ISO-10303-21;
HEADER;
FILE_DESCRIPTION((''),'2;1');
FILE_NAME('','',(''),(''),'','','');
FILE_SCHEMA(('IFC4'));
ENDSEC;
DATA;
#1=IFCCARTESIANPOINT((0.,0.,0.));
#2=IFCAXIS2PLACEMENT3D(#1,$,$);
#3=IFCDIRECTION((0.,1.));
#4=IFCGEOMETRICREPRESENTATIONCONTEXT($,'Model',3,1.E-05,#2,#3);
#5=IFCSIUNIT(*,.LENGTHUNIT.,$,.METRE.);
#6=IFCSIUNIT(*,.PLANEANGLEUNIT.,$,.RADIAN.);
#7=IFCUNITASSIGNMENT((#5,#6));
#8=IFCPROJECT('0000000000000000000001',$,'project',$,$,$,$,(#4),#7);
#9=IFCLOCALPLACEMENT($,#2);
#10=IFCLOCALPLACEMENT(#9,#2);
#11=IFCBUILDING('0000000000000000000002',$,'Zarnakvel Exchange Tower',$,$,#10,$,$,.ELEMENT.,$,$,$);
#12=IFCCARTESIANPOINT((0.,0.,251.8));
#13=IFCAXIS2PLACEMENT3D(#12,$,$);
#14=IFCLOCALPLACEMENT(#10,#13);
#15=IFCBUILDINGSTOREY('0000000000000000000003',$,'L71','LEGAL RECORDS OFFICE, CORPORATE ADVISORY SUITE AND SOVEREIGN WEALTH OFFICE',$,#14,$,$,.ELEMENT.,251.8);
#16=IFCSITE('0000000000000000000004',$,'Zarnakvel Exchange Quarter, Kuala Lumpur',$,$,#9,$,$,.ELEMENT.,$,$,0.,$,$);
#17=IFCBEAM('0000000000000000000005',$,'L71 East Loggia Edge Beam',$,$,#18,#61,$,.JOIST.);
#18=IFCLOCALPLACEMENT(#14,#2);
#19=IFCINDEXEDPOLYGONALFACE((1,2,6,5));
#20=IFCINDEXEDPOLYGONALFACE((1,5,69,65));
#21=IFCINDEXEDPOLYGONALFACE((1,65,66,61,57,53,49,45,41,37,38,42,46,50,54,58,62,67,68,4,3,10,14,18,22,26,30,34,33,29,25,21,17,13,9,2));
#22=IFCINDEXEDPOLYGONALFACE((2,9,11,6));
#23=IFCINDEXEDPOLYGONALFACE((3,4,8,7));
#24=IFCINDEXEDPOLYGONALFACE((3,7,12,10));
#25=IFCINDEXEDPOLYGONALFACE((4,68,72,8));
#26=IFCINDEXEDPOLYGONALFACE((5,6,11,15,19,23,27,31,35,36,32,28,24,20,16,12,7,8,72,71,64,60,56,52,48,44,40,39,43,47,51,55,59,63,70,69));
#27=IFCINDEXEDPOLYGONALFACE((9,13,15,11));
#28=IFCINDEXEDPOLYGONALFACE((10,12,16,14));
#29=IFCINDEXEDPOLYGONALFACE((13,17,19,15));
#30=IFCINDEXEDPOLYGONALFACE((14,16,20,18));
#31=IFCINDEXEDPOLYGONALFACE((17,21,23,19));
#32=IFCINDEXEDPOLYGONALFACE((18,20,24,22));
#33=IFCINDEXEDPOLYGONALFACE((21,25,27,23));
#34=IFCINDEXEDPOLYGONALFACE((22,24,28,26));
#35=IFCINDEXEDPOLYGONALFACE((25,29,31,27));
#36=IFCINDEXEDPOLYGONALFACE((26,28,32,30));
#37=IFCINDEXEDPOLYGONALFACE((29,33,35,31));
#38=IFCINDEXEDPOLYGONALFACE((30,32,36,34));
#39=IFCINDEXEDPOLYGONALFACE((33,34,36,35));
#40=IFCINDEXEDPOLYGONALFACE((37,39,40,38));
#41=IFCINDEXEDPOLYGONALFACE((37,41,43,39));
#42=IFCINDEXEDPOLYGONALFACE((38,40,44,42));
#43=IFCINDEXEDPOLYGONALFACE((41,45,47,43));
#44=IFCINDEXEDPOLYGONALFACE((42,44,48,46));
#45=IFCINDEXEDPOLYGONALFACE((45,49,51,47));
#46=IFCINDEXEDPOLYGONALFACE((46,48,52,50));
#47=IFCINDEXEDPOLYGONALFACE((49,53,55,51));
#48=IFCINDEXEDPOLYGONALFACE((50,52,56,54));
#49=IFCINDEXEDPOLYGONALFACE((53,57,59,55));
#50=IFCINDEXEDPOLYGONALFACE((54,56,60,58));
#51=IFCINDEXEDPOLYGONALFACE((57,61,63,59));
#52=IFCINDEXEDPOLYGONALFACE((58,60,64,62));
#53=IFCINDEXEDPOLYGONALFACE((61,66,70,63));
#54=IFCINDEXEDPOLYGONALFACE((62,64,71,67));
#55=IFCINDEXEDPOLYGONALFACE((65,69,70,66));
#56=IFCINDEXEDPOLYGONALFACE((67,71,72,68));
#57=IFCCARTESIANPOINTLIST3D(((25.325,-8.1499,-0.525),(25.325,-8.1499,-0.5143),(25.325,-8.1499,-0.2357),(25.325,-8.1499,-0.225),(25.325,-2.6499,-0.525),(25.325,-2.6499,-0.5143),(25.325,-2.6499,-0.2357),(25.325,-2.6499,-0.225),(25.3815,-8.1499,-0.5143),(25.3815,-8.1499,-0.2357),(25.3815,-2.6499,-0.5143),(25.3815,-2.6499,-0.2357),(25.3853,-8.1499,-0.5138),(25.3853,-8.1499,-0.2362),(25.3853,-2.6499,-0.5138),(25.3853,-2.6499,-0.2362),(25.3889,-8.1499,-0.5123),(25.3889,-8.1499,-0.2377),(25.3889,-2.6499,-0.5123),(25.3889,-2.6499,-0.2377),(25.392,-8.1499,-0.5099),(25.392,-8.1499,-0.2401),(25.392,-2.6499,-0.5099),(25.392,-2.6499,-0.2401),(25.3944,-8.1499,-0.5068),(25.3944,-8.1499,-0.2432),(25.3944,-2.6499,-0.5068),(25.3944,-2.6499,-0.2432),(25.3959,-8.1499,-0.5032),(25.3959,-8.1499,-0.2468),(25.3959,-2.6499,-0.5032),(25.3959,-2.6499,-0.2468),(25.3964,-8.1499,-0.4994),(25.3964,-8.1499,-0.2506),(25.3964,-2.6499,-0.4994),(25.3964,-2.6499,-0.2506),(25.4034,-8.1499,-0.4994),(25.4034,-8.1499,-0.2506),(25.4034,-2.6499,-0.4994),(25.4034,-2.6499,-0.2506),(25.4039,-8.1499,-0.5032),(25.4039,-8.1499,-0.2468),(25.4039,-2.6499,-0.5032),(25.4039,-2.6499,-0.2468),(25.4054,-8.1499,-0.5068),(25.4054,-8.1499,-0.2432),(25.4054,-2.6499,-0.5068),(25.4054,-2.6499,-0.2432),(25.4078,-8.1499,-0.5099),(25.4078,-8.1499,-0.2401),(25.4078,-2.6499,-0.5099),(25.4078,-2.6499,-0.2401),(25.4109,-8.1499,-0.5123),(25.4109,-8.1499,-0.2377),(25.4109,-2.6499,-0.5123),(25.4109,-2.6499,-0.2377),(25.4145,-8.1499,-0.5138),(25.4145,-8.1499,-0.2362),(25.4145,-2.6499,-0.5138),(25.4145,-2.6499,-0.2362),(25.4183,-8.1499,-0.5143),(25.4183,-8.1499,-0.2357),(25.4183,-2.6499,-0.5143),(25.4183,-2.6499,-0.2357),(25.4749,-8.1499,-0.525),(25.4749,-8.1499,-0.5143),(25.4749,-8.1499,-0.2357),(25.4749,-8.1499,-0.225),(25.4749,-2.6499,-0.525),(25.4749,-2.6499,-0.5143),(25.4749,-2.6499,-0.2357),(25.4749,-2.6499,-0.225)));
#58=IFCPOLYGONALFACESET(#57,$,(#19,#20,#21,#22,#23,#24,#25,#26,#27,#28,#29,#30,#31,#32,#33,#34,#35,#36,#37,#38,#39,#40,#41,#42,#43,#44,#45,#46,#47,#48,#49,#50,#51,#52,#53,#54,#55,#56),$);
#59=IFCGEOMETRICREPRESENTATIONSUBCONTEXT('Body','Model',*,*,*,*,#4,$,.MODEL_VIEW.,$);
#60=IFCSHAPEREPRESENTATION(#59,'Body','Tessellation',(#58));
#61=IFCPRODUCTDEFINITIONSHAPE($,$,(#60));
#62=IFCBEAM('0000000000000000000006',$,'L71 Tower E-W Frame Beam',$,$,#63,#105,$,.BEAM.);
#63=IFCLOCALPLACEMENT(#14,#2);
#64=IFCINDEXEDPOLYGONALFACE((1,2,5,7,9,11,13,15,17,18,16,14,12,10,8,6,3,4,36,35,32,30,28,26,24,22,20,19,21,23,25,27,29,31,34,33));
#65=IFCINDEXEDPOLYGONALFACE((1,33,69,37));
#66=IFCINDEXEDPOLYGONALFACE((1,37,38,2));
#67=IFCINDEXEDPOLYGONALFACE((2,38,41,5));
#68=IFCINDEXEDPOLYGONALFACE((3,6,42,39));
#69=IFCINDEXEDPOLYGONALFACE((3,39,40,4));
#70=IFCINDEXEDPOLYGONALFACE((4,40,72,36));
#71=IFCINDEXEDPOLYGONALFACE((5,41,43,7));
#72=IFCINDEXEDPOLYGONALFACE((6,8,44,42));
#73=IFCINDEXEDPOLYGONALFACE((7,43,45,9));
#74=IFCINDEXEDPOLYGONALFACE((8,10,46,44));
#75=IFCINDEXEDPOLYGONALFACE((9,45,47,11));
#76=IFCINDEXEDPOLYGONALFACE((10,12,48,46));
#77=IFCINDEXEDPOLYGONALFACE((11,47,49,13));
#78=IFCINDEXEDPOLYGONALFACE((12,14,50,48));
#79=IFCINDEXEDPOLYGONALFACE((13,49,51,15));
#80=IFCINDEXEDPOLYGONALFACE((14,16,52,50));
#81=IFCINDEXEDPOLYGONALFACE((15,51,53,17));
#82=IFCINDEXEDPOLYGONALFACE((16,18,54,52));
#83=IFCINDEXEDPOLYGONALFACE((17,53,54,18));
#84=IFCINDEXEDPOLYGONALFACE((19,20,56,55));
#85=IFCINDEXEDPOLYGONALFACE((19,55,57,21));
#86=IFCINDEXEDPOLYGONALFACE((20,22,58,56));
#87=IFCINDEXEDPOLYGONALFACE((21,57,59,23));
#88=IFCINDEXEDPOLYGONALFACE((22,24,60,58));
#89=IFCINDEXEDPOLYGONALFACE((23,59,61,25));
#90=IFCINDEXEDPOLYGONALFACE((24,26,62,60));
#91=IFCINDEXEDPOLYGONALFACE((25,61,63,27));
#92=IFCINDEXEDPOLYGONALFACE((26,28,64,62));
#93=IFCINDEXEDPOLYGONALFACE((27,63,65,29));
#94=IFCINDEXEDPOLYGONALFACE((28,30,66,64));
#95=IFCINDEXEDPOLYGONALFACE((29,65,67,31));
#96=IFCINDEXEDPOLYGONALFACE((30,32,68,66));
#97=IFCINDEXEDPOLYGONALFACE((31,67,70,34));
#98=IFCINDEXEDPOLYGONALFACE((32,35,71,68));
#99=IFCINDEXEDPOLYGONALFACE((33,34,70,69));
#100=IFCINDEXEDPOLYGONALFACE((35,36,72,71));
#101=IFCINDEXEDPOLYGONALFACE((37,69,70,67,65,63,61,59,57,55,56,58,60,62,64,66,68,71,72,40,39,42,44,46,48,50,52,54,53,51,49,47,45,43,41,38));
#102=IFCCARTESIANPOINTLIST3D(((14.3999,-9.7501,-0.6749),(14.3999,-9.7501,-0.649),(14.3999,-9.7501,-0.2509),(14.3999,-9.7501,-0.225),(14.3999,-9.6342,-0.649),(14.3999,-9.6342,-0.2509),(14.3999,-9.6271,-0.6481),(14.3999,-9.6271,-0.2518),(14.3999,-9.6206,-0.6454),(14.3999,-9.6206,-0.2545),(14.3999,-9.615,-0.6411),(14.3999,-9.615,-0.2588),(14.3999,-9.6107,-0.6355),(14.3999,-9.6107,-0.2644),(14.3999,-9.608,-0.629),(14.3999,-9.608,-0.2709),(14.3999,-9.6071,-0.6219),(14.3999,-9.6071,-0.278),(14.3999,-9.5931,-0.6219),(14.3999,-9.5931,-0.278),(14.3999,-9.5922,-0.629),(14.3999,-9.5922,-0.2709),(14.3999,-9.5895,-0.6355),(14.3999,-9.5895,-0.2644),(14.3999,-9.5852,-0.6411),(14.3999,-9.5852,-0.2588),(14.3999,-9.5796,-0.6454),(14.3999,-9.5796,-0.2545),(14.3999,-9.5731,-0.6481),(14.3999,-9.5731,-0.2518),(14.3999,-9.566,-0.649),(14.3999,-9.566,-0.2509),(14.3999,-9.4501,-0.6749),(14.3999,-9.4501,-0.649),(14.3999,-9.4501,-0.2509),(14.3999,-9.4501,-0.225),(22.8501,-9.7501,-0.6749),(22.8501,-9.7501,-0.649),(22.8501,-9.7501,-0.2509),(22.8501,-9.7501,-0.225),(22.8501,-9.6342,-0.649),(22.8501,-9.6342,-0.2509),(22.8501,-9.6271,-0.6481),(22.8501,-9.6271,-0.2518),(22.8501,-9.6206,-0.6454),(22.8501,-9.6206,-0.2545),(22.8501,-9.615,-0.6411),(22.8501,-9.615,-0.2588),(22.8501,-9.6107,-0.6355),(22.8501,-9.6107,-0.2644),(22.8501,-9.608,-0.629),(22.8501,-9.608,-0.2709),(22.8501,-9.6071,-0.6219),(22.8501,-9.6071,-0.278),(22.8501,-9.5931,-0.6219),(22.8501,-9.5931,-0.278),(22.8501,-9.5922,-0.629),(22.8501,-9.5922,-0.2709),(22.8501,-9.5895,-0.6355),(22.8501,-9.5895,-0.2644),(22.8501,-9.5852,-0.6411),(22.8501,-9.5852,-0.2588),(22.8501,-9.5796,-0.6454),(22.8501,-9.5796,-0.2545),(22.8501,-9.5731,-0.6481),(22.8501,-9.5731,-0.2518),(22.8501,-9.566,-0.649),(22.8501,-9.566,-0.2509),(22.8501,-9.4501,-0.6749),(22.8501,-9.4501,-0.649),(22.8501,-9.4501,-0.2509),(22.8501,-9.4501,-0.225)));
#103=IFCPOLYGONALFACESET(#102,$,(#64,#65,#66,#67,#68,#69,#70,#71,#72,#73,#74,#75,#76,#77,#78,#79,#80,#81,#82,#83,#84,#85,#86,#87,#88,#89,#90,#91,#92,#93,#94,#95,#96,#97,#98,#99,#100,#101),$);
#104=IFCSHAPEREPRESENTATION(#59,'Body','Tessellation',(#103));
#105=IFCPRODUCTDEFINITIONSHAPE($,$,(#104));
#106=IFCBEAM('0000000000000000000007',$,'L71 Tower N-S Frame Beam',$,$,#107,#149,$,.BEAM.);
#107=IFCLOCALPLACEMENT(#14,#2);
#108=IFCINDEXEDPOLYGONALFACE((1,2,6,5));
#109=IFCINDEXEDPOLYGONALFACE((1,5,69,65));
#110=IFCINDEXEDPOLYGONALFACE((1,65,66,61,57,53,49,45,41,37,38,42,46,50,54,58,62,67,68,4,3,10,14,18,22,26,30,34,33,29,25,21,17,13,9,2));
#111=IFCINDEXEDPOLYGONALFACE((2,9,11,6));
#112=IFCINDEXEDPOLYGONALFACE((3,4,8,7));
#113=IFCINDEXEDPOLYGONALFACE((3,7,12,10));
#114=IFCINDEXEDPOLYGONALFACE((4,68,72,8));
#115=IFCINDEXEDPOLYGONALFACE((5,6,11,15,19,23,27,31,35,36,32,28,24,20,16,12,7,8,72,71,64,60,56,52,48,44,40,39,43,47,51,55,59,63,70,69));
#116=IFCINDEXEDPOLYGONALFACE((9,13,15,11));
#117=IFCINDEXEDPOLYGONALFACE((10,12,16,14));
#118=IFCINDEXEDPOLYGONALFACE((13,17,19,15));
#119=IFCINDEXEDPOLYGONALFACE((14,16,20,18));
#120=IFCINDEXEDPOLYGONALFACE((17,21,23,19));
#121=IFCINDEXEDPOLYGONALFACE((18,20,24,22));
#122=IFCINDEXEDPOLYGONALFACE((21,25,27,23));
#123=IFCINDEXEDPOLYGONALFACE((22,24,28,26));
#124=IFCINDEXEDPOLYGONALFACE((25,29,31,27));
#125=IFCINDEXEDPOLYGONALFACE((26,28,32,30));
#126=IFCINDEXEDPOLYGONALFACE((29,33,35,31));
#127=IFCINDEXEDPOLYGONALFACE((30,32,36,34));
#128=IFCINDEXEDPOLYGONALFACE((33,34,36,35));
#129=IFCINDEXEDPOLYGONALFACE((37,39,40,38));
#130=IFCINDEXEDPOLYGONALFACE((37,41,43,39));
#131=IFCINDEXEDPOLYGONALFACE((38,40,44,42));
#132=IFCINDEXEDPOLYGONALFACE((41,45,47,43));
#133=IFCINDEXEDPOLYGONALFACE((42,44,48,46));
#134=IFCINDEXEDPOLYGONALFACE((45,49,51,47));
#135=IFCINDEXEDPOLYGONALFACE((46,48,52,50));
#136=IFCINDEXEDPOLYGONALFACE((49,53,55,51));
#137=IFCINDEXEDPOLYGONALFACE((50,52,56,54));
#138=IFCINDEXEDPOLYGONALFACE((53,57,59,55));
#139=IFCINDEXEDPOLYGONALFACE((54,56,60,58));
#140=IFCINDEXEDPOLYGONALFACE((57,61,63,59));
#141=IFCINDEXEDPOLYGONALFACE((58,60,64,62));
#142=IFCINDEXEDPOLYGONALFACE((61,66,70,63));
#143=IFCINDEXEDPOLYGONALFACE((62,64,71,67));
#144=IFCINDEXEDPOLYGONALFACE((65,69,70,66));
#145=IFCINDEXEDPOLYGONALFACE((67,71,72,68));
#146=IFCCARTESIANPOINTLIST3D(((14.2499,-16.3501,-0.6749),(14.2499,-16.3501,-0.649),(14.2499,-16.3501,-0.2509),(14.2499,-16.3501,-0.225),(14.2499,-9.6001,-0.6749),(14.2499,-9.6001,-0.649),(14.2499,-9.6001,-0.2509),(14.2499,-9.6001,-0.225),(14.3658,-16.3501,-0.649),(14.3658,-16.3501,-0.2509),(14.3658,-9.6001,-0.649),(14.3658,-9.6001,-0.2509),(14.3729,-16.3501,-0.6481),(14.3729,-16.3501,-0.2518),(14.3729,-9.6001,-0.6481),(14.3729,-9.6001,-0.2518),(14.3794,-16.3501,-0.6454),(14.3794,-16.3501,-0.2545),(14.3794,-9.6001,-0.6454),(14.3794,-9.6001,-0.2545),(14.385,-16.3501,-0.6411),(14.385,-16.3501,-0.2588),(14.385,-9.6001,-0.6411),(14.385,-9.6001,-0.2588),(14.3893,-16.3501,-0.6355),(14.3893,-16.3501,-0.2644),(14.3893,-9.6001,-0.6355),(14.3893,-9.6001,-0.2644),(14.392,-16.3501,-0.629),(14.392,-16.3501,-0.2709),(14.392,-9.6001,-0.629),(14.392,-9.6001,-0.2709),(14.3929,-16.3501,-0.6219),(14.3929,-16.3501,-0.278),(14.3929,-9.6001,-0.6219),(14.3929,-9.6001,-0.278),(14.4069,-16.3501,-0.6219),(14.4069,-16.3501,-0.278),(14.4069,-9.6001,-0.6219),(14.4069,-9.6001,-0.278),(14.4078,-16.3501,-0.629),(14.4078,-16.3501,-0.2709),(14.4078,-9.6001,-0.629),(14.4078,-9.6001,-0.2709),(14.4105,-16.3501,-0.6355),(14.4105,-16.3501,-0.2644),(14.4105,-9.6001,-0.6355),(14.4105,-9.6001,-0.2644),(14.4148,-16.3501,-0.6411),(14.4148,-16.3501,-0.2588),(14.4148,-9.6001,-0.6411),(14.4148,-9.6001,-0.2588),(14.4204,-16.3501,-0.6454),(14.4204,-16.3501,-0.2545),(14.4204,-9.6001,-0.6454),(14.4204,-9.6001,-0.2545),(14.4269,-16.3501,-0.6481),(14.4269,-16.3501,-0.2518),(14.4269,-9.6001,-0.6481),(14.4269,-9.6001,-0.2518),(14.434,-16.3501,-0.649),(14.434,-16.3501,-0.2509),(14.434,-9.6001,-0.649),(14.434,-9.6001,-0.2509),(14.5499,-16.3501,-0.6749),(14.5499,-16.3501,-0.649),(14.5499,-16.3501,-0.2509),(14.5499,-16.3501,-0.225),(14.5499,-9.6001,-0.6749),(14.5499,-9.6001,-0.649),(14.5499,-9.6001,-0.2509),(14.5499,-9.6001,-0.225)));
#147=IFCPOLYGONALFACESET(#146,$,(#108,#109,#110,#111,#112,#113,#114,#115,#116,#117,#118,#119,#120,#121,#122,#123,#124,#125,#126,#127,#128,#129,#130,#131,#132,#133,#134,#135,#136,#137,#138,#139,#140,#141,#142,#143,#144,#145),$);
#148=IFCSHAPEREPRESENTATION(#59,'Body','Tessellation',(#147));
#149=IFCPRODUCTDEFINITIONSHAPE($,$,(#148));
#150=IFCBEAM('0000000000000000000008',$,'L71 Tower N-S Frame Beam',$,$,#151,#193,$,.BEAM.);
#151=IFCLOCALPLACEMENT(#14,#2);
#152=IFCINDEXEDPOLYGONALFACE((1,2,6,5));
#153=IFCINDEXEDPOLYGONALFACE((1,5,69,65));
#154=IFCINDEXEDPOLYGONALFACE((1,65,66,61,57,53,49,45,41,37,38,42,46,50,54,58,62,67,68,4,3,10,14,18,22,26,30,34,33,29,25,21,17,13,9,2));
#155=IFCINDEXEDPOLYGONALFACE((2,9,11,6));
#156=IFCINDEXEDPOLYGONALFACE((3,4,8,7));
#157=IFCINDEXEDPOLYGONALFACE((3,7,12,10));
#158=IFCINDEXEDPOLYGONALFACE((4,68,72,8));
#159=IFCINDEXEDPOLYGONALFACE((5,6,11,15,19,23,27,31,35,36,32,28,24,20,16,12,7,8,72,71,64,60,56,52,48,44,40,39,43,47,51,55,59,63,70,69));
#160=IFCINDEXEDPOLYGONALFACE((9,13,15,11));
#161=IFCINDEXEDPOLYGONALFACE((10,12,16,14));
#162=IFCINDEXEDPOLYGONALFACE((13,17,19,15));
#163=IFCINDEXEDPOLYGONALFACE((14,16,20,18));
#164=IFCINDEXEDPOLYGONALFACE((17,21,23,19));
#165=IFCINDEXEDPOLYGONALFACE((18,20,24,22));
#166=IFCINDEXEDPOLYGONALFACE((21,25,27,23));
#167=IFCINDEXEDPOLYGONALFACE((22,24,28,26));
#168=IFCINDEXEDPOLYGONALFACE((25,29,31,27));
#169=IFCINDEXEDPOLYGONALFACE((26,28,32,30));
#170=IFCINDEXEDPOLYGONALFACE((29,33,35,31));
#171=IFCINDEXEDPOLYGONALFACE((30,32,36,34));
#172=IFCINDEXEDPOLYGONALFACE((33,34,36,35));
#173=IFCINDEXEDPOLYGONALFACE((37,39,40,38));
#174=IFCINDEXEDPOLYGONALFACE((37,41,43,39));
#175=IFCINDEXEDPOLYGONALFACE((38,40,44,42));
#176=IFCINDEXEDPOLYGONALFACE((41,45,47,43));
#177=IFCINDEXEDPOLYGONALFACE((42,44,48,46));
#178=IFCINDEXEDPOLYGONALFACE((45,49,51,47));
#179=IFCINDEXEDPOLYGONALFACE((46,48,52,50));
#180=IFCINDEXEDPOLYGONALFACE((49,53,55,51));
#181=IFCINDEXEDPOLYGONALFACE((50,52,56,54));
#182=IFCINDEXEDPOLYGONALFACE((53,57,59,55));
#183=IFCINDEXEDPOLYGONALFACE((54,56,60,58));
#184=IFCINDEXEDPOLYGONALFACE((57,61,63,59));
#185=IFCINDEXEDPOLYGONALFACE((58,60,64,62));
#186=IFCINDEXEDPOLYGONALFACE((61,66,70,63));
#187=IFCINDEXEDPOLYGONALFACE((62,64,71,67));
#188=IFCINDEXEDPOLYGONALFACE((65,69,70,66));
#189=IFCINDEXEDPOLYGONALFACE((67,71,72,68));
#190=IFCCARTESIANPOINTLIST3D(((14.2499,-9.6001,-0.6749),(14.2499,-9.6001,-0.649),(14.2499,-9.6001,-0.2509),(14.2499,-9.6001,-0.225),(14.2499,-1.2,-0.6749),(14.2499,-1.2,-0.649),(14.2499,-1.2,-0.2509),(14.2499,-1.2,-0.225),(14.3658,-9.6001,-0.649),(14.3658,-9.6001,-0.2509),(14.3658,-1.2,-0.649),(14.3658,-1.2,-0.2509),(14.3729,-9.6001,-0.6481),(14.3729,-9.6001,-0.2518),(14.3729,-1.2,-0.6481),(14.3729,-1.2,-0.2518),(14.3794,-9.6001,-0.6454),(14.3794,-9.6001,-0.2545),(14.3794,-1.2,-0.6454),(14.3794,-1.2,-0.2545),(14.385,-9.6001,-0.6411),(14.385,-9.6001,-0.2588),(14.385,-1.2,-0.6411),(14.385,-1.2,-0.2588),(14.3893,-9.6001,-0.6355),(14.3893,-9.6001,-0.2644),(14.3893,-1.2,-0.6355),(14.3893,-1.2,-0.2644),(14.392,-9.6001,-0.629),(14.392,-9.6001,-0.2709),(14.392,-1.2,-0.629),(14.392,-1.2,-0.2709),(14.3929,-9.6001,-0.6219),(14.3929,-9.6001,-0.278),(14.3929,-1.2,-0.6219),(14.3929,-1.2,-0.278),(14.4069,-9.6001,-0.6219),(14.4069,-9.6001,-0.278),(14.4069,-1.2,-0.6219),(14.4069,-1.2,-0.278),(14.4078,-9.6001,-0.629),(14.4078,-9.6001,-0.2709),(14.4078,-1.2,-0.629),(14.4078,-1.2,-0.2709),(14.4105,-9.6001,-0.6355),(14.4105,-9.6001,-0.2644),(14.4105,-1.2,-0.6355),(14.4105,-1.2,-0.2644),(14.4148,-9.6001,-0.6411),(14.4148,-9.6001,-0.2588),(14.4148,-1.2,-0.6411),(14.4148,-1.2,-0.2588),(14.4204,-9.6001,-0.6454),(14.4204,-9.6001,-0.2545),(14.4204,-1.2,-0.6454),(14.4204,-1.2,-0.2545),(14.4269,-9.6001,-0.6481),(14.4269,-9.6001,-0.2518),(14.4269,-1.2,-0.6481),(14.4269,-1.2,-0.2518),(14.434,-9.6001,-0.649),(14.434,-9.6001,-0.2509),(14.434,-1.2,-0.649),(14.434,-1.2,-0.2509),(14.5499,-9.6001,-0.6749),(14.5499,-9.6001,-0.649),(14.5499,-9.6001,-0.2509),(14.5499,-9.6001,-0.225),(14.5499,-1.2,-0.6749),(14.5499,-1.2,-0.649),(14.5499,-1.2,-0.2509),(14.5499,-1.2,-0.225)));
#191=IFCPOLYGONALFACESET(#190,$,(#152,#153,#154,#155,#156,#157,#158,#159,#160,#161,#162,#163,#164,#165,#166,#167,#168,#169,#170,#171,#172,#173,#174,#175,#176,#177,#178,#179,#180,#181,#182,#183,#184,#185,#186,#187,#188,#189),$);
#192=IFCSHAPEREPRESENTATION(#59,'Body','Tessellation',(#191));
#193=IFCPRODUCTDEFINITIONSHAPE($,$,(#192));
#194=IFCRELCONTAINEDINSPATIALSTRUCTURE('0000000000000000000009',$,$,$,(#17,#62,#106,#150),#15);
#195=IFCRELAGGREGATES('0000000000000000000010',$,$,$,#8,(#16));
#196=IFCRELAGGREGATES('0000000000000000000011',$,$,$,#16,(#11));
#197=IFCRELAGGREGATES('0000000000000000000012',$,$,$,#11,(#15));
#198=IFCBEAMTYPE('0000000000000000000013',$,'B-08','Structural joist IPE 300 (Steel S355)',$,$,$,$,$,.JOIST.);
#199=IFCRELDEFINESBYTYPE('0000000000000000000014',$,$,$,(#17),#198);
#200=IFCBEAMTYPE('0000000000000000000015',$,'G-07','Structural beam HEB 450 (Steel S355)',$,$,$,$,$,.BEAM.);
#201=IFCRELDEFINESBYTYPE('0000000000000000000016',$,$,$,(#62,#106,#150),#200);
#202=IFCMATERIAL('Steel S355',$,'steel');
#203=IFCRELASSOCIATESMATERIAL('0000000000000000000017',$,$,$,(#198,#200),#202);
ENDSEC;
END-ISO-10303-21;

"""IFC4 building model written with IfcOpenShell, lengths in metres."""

from ifc_helpers import new_model, si_unit, direction, frame, origin, origin_2d, place, context, subcontext, project, spatial, i_section, extrude, material, material_profile, profile_set, type_object, element, save


model = new_model("IFC4")

# Units and contexts
model_context = context("Model", 3, precision=1e-05, world=origin(), true_north=direction((0.0, 1.0)))
body_context = subcontext(model_context, "Body", "Model", "MODEL_VIEW")
ifc_project = project(units=[si_unit("LENGTHUNIT", "METRE"), si_unit("PLANEANGLEUNIT", "RADIAN")], contexts=[model_context])

# Site, building, storey
site_placement = place(None, origin())
site = spatial("IfcSite", under=ifc_project, at=site_placement, Name="Zarnakvel Exchange Quarter, Kuala Lumpur", CompositionType="ELEMENT", RefElevation=0.0)
building_placement = place(site_placement, origin())
building = spatial("IfcBuilding", under=site, at=building_placement, Name="Zarnakvel Exchange Tower", CompositionType="ELEMENT")
storey_placement = place(building_placement, frame((0.0, 0.0, 251.8)))
storey = spatial("IfcBuildingStorey", under=building, at=storey_placement, Name="L71", Description="LEGAL RECORDS OFFICE, CORPORATE ADVISORY SUITE AND SOVEREIGN WEALTH OFFICE", CompositionType="ELEMENT", Elevation=251.8)

# Shared definitions
ifc_material_1 = material(Name="Steel S355", Category="steel")

# Beams
ifc_material_profile_1 = material_profile(ifc_material_1, i_section(OverallWidth=0.1499, OverallDepth=0.3, WebThickness=0.0071, FlangeThickness=0.0107, FilletRadius=0.0149, at=origin_2d()))
ifc_profile_set_1 = profile_set([ifc_material_profile_1], Name="Steel S355")
beam_type_1 = type_object("IfcBeamType", Name="B-08", Description="Structural joist IPE 300 (Steel S355)", PredefinedType="JOIST", material=ifc_profile_set_1)
beam_1_placement = place(storey_placement, frame((25.3999, -8.1499, -0.375), z_axis=(0.0, 1.0, 0.0), x_axis=(-1.0, 0.0, 0.0)))
element("IfcBeam", 1, at=beam_1_placement, inside=storey, type_object=beam_type_1, Name="L71 East Loggia Edge Beam", PredefinedType="JOIST", context=body_context, shape_type="SweptSolid", body=[
    extrude(i_section(OverallWidth=0.1499, OverallDepth=0.3, WebThickness=0.0071, FlangeThickness=0.0107, FilletRadius=0.0149, at=origin_2d()), origin(), (0.0, 0.0, 1.0), 5.5),
])
ifc_material_profile_2 = material_profile(ifc_material_1, i_section(OverallWidth=0.3, OverallDepth=0.45, WebThickness=0.0139, FlangeThickness=0.0259, FilletRadius=0.0271, at=origin_2d()))
ifc_profile_set_2 = profile_set([ifc_material_profile_2], Name="Steel S355")
beam_type_2 = type_object("IfcBeamType", Name="G-07", Description="Structural beam HEB 450 (Steel S355)", PredefinedType="BEAM", material=ifc_profile_set_2)
beam_2_placement = place(storey_placement, frame((14.3999, -9.6001, -0.45), z_axis=(1.0, 0.0, 0.0), x_axis=(0.0, 1.0, 0.0)))
element("IfcBeam", 2, at=beam_2_placement, inside=storey, type_object=beam_type_2, Name="L71 Tower E-W Frame Beam", PredefinedType="BEAM", context=body_context, shape_type="SweptSolid", body=[
    extrude(i_section(OverallWidth=0.3, OverallDepth=0.45, WebThickness=0.0139, FlangeThickness=0.0259, FilletRadius=0.0271, at=origin_2d()), origin(), (0.0, 0.0, 1.0), 8.4502),
])
beam_3_placement = place(storey_placement, frame((14.3999, -16.3501, -0.45), z_axis=(0.0, 1.0, 0.0), x_axis=(-1.0, 0.0, 0.0)))
element("IfcBeam", 3, at=beam_3_placement, inside=storey, type_object=beam_type_2, Name="L71 Tower N-S Frame Beam", PredefinedType="BEAM", context=body_context, shape_type="SweptSolid", body=[
    extrude(i_section(OverallWidth=0.3, OverallDepth=0.45, WebThickness=0.0139, FlangeThickness=0.0259, FilletRadius=0.0271, at=origin_2d()), origin(), (0.0, 0.0, 1.0), 6.75),
])
beam_4_placement = place(storey_placement, frame((14.3999, -9.6001, -0.45), z_axis=(0.0, 1.0, 0.0), x_axis=(-1.0, 0.0, 0.0)))
element("IfcBeam", 4, at=beam_4_placement, inside=storey, type_object=beam_type_2, Name="L71 Tower N-S Frame Beam", PredefinedType="BEAM", context=body_context, shape_type="SweptSolid", body=[
    extrude(i_section(OverallWidth=0.3, OverallDepth=0.45, WebThickness=0.0139, FlangeThickness=0.0259, FilletRadius=0.0271, at=origin_2d()), origin(), (0.0, 0.0, 1.0), 8.4001),
])

save(model, "model.ifc")
